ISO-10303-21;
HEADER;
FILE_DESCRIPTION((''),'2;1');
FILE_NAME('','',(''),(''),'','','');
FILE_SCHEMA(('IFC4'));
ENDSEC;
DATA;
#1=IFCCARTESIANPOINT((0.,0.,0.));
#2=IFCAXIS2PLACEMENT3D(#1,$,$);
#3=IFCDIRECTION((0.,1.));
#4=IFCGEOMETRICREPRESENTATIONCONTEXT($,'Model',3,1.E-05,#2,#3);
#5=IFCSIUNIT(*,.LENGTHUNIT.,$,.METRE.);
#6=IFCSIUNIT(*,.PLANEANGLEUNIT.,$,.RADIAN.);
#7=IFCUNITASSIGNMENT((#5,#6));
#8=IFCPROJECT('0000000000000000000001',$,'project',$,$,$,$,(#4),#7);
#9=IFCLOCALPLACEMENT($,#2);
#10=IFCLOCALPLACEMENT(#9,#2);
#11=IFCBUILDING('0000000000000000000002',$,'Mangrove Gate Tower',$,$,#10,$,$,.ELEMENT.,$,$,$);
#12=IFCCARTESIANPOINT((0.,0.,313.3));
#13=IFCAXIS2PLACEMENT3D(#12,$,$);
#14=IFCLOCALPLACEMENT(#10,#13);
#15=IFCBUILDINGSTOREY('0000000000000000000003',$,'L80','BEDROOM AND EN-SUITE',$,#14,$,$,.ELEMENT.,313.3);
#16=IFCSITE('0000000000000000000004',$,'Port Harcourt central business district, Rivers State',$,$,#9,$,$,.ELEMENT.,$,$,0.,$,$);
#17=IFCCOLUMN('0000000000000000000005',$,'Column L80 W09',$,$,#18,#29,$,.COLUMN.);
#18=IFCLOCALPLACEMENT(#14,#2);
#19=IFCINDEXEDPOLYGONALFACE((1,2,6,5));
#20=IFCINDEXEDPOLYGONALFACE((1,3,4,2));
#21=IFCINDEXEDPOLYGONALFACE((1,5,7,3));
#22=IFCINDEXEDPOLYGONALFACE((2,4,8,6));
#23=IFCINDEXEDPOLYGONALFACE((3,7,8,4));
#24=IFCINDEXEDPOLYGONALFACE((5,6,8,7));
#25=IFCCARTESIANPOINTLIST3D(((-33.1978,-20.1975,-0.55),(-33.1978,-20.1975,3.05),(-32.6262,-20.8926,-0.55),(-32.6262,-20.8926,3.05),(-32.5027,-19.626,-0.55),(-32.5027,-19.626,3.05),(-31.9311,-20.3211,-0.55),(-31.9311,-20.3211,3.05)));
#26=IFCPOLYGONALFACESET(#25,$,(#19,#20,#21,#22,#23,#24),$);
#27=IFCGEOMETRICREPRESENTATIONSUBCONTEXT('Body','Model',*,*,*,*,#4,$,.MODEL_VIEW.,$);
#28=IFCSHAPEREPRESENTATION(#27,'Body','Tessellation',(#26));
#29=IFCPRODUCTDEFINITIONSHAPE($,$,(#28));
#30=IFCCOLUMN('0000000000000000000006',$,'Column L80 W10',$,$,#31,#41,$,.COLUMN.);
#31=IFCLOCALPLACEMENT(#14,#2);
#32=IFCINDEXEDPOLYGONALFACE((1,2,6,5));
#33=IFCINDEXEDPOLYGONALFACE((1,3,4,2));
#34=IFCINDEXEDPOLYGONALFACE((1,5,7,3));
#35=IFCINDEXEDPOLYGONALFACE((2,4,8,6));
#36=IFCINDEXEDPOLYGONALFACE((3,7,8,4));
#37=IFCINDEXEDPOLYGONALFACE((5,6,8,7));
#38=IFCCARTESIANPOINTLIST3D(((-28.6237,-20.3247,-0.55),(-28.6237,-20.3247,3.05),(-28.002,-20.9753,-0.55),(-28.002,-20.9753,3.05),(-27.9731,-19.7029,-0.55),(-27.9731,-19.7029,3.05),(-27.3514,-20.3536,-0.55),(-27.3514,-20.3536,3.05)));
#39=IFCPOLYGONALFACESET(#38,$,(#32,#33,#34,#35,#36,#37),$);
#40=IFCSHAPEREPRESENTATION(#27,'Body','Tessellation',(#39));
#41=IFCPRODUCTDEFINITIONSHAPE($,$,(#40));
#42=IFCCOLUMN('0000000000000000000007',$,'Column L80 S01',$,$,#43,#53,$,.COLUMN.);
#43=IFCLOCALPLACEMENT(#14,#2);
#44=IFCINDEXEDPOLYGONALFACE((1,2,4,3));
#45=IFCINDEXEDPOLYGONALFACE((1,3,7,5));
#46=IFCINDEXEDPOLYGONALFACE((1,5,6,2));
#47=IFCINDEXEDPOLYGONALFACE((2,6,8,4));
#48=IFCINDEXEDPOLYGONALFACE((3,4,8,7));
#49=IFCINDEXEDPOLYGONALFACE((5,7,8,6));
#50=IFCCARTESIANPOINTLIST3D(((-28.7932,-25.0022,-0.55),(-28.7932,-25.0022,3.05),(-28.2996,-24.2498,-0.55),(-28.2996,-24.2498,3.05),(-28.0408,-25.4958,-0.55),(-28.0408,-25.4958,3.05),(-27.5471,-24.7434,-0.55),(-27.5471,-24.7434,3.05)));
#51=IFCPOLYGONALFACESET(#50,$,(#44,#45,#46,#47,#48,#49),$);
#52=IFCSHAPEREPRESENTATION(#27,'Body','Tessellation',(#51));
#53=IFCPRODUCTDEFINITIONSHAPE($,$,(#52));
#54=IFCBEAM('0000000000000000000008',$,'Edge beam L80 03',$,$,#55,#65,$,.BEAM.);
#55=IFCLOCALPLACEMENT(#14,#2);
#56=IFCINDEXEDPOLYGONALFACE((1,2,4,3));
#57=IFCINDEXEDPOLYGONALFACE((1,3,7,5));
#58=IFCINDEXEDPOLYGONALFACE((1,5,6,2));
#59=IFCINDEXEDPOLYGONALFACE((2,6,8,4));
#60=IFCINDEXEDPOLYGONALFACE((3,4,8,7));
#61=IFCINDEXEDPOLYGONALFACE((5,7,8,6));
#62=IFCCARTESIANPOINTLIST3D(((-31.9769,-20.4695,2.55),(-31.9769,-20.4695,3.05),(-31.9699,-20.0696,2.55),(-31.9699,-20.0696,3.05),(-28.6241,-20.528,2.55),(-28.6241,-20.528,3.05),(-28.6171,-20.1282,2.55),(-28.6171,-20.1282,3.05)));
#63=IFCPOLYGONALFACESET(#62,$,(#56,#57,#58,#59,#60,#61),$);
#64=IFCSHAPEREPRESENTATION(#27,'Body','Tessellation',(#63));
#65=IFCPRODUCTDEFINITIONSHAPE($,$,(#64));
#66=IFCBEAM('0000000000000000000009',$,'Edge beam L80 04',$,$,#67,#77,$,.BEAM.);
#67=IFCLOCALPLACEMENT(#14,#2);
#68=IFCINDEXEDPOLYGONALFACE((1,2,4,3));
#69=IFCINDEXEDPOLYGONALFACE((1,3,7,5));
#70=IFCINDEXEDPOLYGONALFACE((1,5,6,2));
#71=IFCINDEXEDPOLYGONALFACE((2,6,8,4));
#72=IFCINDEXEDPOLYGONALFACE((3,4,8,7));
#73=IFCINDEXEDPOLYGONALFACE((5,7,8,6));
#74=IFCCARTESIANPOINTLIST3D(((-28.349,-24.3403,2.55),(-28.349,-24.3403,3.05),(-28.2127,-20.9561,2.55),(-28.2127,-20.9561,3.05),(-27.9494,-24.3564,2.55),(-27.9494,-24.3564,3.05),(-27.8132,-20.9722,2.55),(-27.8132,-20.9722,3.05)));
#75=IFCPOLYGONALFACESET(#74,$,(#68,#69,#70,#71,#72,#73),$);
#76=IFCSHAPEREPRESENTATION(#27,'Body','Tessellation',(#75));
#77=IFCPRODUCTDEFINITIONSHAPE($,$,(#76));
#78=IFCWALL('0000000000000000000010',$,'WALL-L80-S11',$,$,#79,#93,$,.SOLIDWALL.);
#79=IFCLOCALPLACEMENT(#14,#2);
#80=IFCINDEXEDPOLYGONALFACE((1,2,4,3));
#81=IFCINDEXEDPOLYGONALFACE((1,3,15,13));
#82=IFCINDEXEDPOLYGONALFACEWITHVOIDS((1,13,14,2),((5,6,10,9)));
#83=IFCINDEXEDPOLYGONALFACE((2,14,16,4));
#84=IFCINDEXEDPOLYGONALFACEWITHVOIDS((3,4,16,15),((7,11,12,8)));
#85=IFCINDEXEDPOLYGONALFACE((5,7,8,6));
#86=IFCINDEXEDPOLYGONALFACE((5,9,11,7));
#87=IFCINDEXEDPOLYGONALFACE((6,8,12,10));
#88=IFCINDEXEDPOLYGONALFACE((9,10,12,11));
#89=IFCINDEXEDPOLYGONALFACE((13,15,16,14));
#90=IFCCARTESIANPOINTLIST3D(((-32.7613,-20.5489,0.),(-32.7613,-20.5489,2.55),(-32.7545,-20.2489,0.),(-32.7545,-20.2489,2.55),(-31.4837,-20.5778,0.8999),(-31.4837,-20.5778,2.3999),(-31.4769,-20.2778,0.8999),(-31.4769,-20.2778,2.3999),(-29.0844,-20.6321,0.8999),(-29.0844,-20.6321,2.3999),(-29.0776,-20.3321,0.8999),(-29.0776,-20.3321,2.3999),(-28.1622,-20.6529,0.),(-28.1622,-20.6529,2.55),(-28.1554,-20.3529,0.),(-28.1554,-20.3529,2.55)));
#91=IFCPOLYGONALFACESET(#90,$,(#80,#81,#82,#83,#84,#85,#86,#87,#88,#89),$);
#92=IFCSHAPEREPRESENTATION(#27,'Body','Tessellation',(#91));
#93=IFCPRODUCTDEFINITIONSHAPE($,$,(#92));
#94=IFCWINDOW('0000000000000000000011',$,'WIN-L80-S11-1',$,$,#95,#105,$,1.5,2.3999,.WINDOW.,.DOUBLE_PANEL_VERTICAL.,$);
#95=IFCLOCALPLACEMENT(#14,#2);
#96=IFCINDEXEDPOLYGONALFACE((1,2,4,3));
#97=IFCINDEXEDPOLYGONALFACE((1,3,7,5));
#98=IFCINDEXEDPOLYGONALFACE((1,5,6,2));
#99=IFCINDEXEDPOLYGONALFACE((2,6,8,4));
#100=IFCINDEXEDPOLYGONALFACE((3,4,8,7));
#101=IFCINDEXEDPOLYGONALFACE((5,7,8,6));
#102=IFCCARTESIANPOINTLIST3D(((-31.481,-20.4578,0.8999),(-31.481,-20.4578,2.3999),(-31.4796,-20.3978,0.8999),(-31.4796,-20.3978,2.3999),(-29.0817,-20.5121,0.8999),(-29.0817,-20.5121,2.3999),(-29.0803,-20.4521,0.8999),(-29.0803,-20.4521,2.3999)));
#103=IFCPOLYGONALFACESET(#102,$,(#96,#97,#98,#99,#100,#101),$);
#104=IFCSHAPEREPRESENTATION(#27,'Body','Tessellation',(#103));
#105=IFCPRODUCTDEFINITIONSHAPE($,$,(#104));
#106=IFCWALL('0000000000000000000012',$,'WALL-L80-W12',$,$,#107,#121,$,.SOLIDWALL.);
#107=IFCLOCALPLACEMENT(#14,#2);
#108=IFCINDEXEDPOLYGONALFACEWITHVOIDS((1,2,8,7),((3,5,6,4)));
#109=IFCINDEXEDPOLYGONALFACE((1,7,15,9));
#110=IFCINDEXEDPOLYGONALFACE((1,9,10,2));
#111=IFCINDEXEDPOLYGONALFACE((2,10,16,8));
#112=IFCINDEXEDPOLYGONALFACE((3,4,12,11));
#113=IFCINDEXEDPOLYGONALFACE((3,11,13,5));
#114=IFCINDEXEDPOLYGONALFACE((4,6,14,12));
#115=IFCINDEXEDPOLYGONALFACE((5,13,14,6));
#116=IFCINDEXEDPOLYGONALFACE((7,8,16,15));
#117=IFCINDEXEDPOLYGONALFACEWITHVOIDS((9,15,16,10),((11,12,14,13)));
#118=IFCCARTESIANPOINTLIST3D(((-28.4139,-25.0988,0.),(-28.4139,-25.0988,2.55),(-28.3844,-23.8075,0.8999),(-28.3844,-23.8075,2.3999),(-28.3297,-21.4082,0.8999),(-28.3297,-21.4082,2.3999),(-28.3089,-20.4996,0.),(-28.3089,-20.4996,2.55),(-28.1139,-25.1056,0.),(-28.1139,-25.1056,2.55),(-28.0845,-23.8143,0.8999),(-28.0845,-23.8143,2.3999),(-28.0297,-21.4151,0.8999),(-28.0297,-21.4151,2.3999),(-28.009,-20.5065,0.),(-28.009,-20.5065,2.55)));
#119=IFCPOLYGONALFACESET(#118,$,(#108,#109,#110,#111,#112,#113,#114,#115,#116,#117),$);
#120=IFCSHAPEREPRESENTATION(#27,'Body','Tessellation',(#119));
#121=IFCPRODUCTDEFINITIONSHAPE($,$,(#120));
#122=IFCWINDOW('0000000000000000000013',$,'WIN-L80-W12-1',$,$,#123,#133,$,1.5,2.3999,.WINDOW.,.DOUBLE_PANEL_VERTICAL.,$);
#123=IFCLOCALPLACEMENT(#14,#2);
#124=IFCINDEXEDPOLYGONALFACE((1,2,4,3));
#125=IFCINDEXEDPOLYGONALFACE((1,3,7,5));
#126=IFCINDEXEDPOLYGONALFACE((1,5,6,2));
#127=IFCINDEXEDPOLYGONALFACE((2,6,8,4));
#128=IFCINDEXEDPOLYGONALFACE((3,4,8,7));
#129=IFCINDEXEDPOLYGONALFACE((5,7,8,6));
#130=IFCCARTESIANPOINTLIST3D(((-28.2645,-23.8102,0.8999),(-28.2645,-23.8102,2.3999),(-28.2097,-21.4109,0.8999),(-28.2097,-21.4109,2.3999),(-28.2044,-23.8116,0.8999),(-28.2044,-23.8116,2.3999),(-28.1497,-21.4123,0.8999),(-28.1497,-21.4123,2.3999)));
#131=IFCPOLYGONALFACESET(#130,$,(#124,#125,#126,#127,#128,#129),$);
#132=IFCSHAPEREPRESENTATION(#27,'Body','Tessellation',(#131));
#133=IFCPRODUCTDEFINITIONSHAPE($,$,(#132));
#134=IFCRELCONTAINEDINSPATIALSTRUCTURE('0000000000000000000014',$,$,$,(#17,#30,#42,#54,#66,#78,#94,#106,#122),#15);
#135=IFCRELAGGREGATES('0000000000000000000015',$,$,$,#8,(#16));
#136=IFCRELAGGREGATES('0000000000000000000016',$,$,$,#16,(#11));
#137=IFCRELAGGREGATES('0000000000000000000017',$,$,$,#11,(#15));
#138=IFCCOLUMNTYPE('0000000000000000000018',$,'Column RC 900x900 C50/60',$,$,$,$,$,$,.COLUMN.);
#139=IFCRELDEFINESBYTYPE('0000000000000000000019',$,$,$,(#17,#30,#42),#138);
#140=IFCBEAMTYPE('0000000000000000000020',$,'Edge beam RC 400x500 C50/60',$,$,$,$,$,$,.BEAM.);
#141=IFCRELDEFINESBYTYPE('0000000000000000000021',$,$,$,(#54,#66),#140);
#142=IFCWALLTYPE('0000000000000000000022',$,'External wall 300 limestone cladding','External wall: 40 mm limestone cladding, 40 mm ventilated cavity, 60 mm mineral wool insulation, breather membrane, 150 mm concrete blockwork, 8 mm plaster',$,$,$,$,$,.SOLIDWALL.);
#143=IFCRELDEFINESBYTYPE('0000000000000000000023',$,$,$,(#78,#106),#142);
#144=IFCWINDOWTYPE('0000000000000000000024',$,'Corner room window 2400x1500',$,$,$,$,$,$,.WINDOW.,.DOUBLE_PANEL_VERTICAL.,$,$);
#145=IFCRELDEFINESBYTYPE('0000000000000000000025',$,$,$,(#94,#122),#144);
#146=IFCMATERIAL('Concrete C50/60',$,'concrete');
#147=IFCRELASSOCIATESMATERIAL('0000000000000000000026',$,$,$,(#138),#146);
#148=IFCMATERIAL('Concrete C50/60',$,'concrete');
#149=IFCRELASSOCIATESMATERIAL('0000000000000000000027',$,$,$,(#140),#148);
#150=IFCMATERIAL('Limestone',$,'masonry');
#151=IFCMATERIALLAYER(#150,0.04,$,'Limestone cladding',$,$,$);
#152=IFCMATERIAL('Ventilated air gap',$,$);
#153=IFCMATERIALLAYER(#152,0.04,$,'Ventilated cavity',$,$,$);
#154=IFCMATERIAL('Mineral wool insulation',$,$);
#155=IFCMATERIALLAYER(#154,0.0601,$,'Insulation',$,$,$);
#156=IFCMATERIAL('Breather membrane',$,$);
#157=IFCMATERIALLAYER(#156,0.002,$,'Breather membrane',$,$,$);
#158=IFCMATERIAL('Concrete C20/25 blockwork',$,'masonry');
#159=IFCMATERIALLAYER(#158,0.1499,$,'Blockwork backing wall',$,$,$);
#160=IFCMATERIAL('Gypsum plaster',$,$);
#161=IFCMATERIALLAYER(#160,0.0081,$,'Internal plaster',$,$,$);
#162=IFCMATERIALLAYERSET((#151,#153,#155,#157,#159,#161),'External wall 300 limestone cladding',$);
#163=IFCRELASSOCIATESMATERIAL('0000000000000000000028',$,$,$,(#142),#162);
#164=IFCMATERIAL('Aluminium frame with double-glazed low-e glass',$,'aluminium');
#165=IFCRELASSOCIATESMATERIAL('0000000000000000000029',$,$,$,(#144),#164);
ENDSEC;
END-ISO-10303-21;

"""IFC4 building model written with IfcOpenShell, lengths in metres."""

from ifc_helpers import new_model, si_unit, direction, frame, frame_2d, origin, origin_2d, place, context, subcontext, project, spatial, rectangle, extrude, material, layer, layer_set, material_profile, profile_set, type_object, element, fill, save


model = new_model("IFC4")

# Units and contexts
model_context = context("Model", 3, precision=1e-05, world=origin(), true_north=direction((0.0, 1.0)))
body_context = subcontext(model_context, "Body", "Model", "MODEL_VIEW")
ifc_project = project(units=[si_unit("LENGTHUNIT", "METRE"), si_unit("PLANEANGLEUNIT", "RADIAN")], contexts=[model_context])

# Site, building, storey
site_placement = place(None, origin())
site = spatial("IfcSite", under=ifc_project, at=site_placement, Name="Port Harcourt central business district, Rivers State", CompositionType="ELEMENT", RefElevation=0.0)
building_placement = place(site_placement, origin())
building = spatial("IfcBuilding", under=site, at=building_placement, Name="Mangrove Gate Tower", CompositionType="ELEMENT")
storey_placement = place(building_placement, frame((0.0, 0.0, 313.3)))
storey = spatial("IfcBuildingStorey", under=building, at=storey_placement, Name="L80", Description="BEDROOM AND EN-SUITE", CompositionType="ELEMENT", Elevation=313.3)

# Columns
ifc_material_1 = material(Name="Concrete C50/60", Category="concrete")
ifc_material_profile_1 = material_profile(ifc_material_1, rectangle(XDim=0.8999, YDim=0.8999, at=origin_2d()))
ifc_profile_set_1 = profile_set([ifc_material_profile_1], Name="Concrete C50/60")
column_type = type_object("IfcColumnType", Name="Column RC 900x900 C50/60", PredefinedType="COLUMN", material=ifc_profile_set_1)
for number, where, z_axis, x_axis, name in (
    (1, (-32.5645, -20.2593, -0.55), (0.0, 0.0, 1.0), (0.635105, -0.772425, 0.0), "Column L80 W09"),
    (2, (-27.9875, -20.3391, -0.55), (0.0, 0.0, 1.0), (0.690863, -0.722986, 0.0), "Column L80 W10"),
    (3, (-28.1702, -24.8728, -0.55), (0.0, 0.0, 1.0), (0.836135, -0.548523, 0.0), "Column L80 S01"),
):
    element("IfcColumn", number, at=place(storey_placement, frame(where, z_axis=z_axis, x_axis=x_axis)), inside=storey, type_object=column_type, Name=name, PredefinedType="COLUMN", context=body_context, shape_type="SweptSolid", body=[
        extrude(rectangle(XDim=0.8999, YDim=0.8999, at=origin_2d()), origin(), (0.0, 0.0, 1.0), 3.6001),
    ])

# Beams
ifc_material_2 = material(Name="Concrete C50/60", Category="concrete")
ifc_material_profile_2 = material_profile(ifc_material_2, rectangle(XDim=0.3999, YDim=0.5, at=origin_2d()))
ifc_profile_set_2 = profile_set([ifc_material_profile_2], Name="Concrete C50/60")
beam_type = type_object("IfcBeamType", Name="Edge beam RC 400x500 C50/60", PredefinedType="BEAM", material=ifc_profile_set_2)
beam_1_placement = place(storey_placement, frame((-31.9734, -20.2695, 2.8), z_axis=(0.999847, -0.017473, 0.0), x_axis=(0.017473, 0.999847, 0.0)))
element("IfcBeam", 4, at=beam_1_placement, inside=storey, type_object=beam_type, Name="Edge beam L80 03", PredefinedType="BEAM", context=body_context, shape_type="SweptSolid", body=[
    extrude(rectangle(XDim=0.3999, YDim=0.5, at=origin_2d()), origin(), (0.0, 0.0, 1.0), 3.3533),
])
beam_2_placement = place(storey_placement, frame((-28.0129, -20.9641, 2.8), z_axis=(-0.040221, -0.999191, 0.0), x_axis=(0.999191, -0.040221, 0.0)))
element("IfcBeam", 5, at=beam_2_placement, inside=storey, type_object=beam_type, Name="Edge beam L80 04", PredefinedType="BEAM", context=body_context, shape_type="SweptSolid", body=[
    extrude(rectangle(XDim=0.3999, YDim=0.5, at=origin_2d()), origin(), (0.0, 0.0, 1.0), 3.387),
])

# Walls, openings, windows
ifc_material_3 = material(Name="Limestone", Category="masonry")
ifc_layer_1 = layer(ifc_material_3, 0.04, Name="Limestone cladding")
ifc_material_4 = material(Name="Ventilated air gap")
ifc_layer_2 = layer(ifc_material_4, 0.04, Name="Ventilated cavity")
ifc_material_5 = material(Name="Mineral wool insulation")
ifc_layer_3 = layer(ifc_material_5, 0.0601, Name="Insulation")
ifc_material_6 = material(Name="Breather membrane")
ifc_layer_4 = layer(ifc_material_6, 0.002, Name="Breather membrane")
ifc_material_7 = material(Name="Concrete C20/25 blockwork", Category="masonry")
ifc_layer_5 = layer(ifc_material_7, 0.1499, Name="Blockwork backing wall")
ifc_material_8 = material(Name="Gypsum plaster")
ifc_layer_6 = layer(ifc_material_8, 0.0081, Name="Internal plaster")
ifc_layer_set = layer_set([ifc_layer_1, ifc_layer_2, ifc_layer_3, ifc_layer_4, ifc_layer_5, ifc_layer_6], Name="External wall 300 limestone cladding")
wall_type = type_object("IfcWallType", Name="External wall 300 limestone cladding", Description="External wall: 40 mm limestone cladding, 40 mm ventilated cavity, 60 mm mineral wool insulation, breather membrane, 150 mm concrete blockwork, 8 mm plaster", PredefinedType="SOLIDWALL", material=ifc_layer_set)
wall_1_placement = place(storey_placement, frame((-32.7581, -20.3989, 0.0), z_axis=(0.0, 0.0, 1.0), x_axis=(0.999744, -0.022608, 0.0)))
wall_1 = element("IfcWall", 6, at=wall_1_placement, inside=storey, type_object=wall_type, Name="WALL-L80-S11", PredefinedType="SOLIDWALL", context=body_context, shape_type="SweptSolid", body=[
    extrude(rectangle(XDim=4.6003, YDim=0.3, at=frame_2d((2.3003, 0.0))), origin(), (0.0, 0.0, 1.0), 2.55),
])
opening_1_placement = place(wall_1_placement, frame((1.2781, 0.0, 0.8999)))
opening_1 = element("IfcOpeningElement", 7, at=opening_1_placement, cuts=wall_1, PredefinedType="OPENING", context=body_context, shape_type="SweptSolid", body=[
    extrude(rectangle(XDim=2.3999, YDim=1.5, at=frame_2d((1.2, 0.75))), frame((0.0, 0.1599, 0.0), z_axis=(0.0, -1.0, 0.0), x_axis=(1.0, 0.0, 0.0)), (0.0, 0.0, 1.0), 0.3201),
])
ifc_material_9 = material(Name="Aluminium frame with double-glazed low-e glass", Category="aluminium")
window_type = type_object("IfcWindowType", Name="Corner room window 2400x1500", PartitioningType="DOUBLE_PANEL_VERTICAL", PredefinedType="WINDOW", material=ifc_material_9)
window_1_placement = place(opening_1_placement, origin())
window_1 = element("IfcWindow", 8, at=window_1_placement, inside=storey, type_object=window_type, Name="WIN-L80-S11-1", OverallHeight=1.5, OverallWidth=2.3999, PartitioningType="DOUBLE_PANEL_VERTICAL", PredefinedType="WINDOW", context=body_context, shape_type="SweptSolid", body=[
    extrude(rectangle(XDim=2.3999, YDim=1.5, at=frame_2d((1.2, 0.75))), frame((0.0, 0.03, 0.0), z_axis=(0.0, -1.0, 0.0), x_axis=(1.0, 0.0, 0.0)), (0.0, 0.0, 1.0), 0.0601),
])
fill(opening_1, window_1)
wall_2_placement = place(storey_placement, frame((-28.1589, -20.5029, 0.0), z_axis=(0.0, 0.0, 1.0), x_axis=(-0.02282, -0.99974, 0.0)))
wall_2 = element("IfcWall", 9, at=wall_2_placement, inside=storey, type_object=wall_type, Name="WALL-L80-W12", PredefinedType="SOLIDWALL", context=body_context, shape_type="SweptSolid", body=[
    extrude(rectangle(XDim=4.6003, YDim=0.3, at=frame_2d((2.3003, 0.0))), origin(), (0.0, 0.0, 1.0), 2.55),
])
opening_2_placement = place(wall_2_placement, frame((0.9089, 0.0, 0.8999)))
opening_2 = element("IfcOpeningElement", 10, at=opening_2_placement, cuts=wall_2, PredefinedType="OPENING", context=body_context, shape_type="SweptSolid", body=[
    extrude(rectangle(XDim=2.3999, YDim=1.5, at=frame_2d((1.2, 0.75))), frame((0.0, 0.1599, 0.0), z_axis=(0.0, -1.0, 0.0), x_axis=(1.0, 0.0, 0.0)), (0.0, 0.0, 1.0), 0.3201),
])
window_2_placement = place(opening_2_placement, origin())
window_2 = element("IfcWindow", 11, at=window_2_placement, inside=storey, type_object=window_type, Name="WIN-L80-W12-1", OverallHeight=1.5, OverallWidth=2.3999, PartitioningType="DOUBLE_PANEL_VERTICAL", PredefinedType="WINDOW", context=body_context, shape_type="SweptSolid", body=[
    extrude(rectangle(XDim=2.3999, YDim=1.5, at=frame_2d((1.2, 0.75))), frame((0.0, 0.03, 0.0), z_axis=(0.0, -1.0, 0.0), x_axis=(1.0, 0.0, 0.0)), (0.0, 0.0, 1.0), 0.0601),
])
fill(opening_2, window_2)

save(model, "model.ifc")
